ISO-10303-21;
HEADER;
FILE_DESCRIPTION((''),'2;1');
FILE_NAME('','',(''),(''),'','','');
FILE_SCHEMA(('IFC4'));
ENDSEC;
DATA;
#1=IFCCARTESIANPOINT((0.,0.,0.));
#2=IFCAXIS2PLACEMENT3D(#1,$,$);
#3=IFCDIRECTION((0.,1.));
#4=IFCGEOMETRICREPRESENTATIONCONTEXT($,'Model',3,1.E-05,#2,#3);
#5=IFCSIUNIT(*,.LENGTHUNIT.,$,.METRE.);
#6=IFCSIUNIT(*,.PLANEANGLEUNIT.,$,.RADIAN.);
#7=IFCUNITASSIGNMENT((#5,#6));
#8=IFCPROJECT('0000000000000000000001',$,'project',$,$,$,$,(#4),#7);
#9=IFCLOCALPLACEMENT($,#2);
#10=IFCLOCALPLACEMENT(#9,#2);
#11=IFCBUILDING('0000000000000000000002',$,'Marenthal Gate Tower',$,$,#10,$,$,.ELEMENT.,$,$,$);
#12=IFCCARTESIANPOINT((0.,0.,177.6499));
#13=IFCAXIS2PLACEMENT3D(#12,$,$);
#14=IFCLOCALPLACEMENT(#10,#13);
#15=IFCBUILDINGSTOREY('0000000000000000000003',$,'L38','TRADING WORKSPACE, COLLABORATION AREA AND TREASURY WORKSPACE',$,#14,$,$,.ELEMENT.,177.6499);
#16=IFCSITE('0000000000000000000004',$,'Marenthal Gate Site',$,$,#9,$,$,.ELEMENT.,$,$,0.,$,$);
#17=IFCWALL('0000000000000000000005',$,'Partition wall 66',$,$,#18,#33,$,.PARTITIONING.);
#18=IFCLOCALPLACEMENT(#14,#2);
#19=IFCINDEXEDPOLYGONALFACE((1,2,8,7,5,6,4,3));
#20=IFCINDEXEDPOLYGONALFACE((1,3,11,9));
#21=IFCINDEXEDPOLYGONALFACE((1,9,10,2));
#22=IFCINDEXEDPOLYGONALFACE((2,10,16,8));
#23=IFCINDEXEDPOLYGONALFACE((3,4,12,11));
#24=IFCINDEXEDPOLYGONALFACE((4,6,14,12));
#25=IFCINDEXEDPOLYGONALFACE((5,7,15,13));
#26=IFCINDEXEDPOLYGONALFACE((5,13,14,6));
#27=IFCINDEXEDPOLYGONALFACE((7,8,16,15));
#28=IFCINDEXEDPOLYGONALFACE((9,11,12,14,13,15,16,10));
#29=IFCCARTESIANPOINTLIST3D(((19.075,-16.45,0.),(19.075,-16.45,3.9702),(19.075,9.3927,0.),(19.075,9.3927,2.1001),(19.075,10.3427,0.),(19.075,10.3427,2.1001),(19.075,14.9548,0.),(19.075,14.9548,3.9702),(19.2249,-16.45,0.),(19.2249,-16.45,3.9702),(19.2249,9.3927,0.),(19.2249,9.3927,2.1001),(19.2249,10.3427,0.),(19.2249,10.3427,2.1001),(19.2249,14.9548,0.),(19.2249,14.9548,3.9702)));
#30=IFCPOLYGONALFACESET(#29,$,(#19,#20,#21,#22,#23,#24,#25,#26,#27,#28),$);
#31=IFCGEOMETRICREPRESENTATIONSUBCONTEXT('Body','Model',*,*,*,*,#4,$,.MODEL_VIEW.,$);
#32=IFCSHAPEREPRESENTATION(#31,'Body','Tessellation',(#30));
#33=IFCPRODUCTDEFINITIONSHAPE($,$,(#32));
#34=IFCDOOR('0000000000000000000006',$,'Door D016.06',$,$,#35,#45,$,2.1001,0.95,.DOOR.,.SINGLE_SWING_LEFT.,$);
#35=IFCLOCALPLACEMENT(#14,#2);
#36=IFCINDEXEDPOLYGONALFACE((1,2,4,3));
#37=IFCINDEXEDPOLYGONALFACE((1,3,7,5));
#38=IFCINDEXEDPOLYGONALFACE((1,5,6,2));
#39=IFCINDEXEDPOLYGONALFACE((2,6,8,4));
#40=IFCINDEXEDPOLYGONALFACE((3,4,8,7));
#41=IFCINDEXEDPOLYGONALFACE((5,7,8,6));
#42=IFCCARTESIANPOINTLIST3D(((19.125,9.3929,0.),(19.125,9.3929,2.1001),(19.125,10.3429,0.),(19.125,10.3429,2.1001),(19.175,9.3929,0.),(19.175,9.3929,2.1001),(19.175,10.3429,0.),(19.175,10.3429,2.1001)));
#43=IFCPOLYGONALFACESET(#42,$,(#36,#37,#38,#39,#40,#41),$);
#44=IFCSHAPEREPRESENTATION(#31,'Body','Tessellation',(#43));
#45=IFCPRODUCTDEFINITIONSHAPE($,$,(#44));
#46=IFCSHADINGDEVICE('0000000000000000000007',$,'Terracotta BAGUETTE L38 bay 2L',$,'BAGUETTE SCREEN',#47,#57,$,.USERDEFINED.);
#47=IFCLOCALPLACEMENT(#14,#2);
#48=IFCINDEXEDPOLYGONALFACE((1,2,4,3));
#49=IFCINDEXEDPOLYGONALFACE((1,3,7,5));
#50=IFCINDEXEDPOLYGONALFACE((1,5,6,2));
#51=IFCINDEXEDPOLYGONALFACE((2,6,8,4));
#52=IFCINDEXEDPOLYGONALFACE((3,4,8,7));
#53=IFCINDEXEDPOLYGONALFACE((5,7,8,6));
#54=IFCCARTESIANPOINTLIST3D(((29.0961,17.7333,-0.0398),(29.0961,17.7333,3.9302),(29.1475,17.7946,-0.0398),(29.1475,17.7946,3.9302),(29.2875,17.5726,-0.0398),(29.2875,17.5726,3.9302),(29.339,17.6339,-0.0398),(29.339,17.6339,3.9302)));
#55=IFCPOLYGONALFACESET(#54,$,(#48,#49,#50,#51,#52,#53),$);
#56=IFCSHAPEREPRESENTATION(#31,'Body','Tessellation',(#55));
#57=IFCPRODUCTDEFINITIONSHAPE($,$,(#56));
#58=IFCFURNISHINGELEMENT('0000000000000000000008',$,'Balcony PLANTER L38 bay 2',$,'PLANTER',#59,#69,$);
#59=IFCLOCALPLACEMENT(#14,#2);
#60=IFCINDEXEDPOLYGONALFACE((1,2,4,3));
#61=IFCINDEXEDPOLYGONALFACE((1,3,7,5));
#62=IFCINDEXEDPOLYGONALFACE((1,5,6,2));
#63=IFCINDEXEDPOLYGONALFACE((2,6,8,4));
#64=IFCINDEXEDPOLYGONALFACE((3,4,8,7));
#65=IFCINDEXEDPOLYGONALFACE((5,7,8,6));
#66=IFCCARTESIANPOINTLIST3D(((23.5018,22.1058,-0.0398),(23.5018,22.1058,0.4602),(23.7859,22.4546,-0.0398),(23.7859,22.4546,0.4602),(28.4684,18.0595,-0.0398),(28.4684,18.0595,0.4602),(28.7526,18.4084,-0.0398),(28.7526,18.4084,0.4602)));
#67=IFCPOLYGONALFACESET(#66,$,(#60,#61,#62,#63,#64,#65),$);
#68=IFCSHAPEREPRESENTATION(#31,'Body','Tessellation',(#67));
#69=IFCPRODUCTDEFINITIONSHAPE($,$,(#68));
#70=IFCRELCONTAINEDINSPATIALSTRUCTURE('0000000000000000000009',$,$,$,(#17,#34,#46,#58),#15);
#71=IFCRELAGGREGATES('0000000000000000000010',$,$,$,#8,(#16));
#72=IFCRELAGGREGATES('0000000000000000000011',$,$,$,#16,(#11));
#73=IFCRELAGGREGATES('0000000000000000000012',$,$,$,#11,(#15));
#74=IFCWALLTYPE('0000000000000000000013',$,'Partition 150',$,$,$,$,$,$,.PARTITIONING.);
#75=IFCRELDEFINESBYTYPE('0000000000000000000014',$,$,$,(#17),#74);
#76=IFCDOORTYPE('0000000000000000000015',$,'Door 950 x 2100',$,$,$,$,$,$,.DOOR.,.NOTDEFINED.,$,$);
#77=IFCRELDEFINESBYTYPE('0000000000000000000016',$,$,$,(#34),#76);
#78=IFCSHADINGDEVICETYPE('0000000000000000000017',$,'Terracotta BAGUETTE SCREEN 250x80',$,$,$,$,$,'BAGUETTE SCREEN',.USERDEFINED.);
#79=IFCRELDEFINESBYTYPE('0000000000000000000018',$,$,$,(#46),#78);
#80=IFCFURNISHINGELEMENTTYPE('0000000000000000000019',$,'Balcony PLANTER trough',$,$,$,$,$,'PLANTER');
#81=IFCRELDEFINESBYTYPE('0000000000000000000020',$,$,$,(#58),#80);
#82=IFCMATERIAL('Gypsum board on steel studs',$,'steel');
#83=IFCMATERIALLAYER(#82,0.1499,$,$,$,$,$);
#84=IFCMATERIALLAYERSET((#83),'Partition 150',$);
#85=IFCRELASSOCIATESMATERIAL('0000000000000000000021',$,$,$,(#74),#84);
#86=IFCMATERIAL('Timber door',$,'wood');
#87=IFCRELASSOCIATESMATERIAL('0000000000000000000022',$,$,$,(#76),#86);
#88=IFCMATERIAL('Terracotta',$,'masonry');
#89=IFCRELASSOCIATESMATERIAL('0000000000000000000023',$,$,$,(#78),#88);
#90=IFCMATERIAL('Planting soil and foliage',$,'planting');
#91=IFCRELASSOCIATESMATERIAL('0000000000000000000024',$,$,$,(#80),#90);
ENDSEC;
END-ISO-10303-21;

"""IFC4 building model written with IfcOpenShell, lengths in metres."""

from ifc_helpers import new_model, si_unit, direction, frame, frame_2d, origin, origin_2d, place, context, subcontext, project, spatial, rectangle, extrude, material, layer, layer_set, material_profile, profile_set, type_object, element, fill, save


model = new_model("IFC4")

# Units and contexts
model_context = context("Model", 3, precision=1e-05, world=origin(), true_north=direction((0.0, 1.0)))
body_context = subcontext(model_context, "Body", "Model", "MODEL_VIEW")
ifc_project = project(units=[si_unit("LENGTHUNIT", "METRE"), si_unit("PLANEANGLEUNIT", "RADIAN")], contexts=[model_context])

# Site, building, storey
site_placement = place(None, origin())
site = spatial("IfcSite", under=ifc_project, at=site_placement, Name="Marenthal Gate Site", CompositionType="ELEMENT", RefElevation=0.0)
building_placement = place(site_placement, origin())
building = spatial("IfcBuilding", under=site, at=building_placement, Name="Marenthal Gate Tower", CompositionType="ELEMENT")
storey_placement = place(building_placement, frame((0.0, 0.0, 177.6499)))
storey = spatial("IfcBuildingStorey", under=building, at=storey_placement, Name="L38", Description="TRADING WORKSPACE, COLLABORATION AREA AND TREASURY WORKSPACE", CompositionType="ELEMENT", Elevation=177.6499)

# Shared definitions
ifc_material_1 = material(Name="Gypsum board on steel studs", Category="steel")
ifc_layer_1 = layer(ifc_material_1, 0.1499)
ifc_layer_set_1 = layer_set([ifc_layer_1], Name="Partition 150")
wall_type_1 = type_object("IfcWallType", Name="Partition 150", PredefinedType="PARTITIONING", material=ifc_layer_set_1)

# Wall, opening, door
wall_1_placement = place(storey_placement, frame((19.1499, 14.9548, 0.0), z_axis=(0.0, 0.0, 1.0), x_axis=(0.0, -1.0, 0.0)))
wall_1 = element("IfcWall", 1, at=wall_1_placement, inside=storey, type_object=wall_type_1, Name="Partition wall 66", PredefinedType="PARTITIONING", context=body_context, shape_type="SweptSolid", body=[
    extrude(rectangle(XDim=31.4048, YDim=0.1499, at=frame_2d((15.7024, 0.0))), origin(), (0.0, 0.0, 1.0), 3.9702),
])
opening_1_placement = place(wall_1_placement, frame((4.6121, 0.0, 0.0)))
opening_1 = element("IfcOpeningElement", 2, at=opening_1_placement, cuts=wall_1, PredefinedType="OPENING", context=body_context, shape_type="SweptSolid", body=[
    extrude(rectangle(XDim=0.95, YDim=2.1001, at=frame_2d((0.4751, 1.05))), frame((0.0, 0.085, 0.0), z_axis=(0.0, -1.0, 0.0), x_axis=(1.0, 0.0, 0.0)), (0.0, 0.0, 1.0), 0.1699),
])
ifc_material_2 = material(Name="Timber door", Category="wood")
door_type_1 = type_object("IfcDoorType", Name="Door 950 x 2100", OperationType="NOTDEFINED", PredefinedType="DOOR", material=ifc_material_2)
door_1_placement = place(opening_1_placement, frame((0.95, 0.0, 0.0), z_axis=(0.0, 0.0, 1.0), x_axis=(-1.0, 0.0, 0.0)))
door_1 = element("IfcDoor", 3, at=door_1_placement, inside=storey, type_object=door_type_1, Name="Door D016.06", OperationType="SINGLE_SWING_LEFT", OverallHeight=2.1001, OverallWidth=0.95, PredefinedType="DOOR", context=body_context, shape_type="SweptSolid", body=[
    extrude(rectangle(XDim=0.95, YDim=2.1001, at=frame_2d((0.4751, 1.05))), frame((0.0, 0.0249, 0.0), z_axis=(0.0, -1.0, 0.0), x_axis=(1.0, 0.0, 0.0)), (0.0, 0.0, 1.0), 0.05),
])
fill(opening_1, door_1)

# Shading device
ifc_material_3 = material(Name="Terracotta", Category="masonry")
ifc_material_profile_1 = material_profile(ifc_material_3, rectangle(XDim=0.25, YDim=0.0801, at=origin_2d()), Name="Terracotta baguette 250x80")
ifc_profile_set_1 = profile_set([ifc_material_profile_1], Name="Terracotta")
shading_device_type = type_object("IfcShadingDeviceType", Name="Terracotta BAGUETTE SCREEN 250x80", ElementType="BAGUETTE SCREEN", PredefinedType="USERDEFINED", material=ifc_profile_set_1)
shading_device_placement = place(storey_placement, frame((29.2175, 17.6836, -0.0398), z_axis=(0.0, 0.0, 1.0), x_axis=(-0.76585, 0.643019, 0.0)))
element("IfcShadingDevice", 4, at=shading_device_placement, inside=storey, type_object=shading_device_type, Name="Terracotta BAGUETTE L38 bay 2L", ObjectType="BAGUETTE SCREEN", PredefinedType="USERDEFINED", context=body_context, shape_type="SweptSolid", body=[
    extrude(rectangle(XDim=0.25, YDim=0.0801, at=origin_2d()), origin(), (0.0, 0.0, 1.0), 3.97),
])

# Furnishing element
ifc_material_4 = material(Name="Planting soil and foliage", Category="planting")
furnishing_element_type = type_object("IfcFurnishingElementType", Name="Balcony PLANTER trough", ElementType="PLANTER", material=ifc_material_4)
furnishing_placement = place(storey_placement, frame((26.1272, 20.2571, -0.0398), z_axis=(0.0, 0.0, 1.0), x_axis=(-0.775288, 0.631608, 0.0)))
element("IfcFurnishingElement", 5, at=furnishing_placement, inside=storey, type_object=furnishing_element_type, Name="Balcony PLANTER L38 bay 2", ObjectType="PLANTER", context=body_context, shape_type="SweptSolid", body=[
    extrude(rectangle(XDim=6.4062, YDim=0.45, at=origin_2d()), origin(), (0.0, 0.0, 1.0), 0.5),
])

save(model, "model.ifc")
